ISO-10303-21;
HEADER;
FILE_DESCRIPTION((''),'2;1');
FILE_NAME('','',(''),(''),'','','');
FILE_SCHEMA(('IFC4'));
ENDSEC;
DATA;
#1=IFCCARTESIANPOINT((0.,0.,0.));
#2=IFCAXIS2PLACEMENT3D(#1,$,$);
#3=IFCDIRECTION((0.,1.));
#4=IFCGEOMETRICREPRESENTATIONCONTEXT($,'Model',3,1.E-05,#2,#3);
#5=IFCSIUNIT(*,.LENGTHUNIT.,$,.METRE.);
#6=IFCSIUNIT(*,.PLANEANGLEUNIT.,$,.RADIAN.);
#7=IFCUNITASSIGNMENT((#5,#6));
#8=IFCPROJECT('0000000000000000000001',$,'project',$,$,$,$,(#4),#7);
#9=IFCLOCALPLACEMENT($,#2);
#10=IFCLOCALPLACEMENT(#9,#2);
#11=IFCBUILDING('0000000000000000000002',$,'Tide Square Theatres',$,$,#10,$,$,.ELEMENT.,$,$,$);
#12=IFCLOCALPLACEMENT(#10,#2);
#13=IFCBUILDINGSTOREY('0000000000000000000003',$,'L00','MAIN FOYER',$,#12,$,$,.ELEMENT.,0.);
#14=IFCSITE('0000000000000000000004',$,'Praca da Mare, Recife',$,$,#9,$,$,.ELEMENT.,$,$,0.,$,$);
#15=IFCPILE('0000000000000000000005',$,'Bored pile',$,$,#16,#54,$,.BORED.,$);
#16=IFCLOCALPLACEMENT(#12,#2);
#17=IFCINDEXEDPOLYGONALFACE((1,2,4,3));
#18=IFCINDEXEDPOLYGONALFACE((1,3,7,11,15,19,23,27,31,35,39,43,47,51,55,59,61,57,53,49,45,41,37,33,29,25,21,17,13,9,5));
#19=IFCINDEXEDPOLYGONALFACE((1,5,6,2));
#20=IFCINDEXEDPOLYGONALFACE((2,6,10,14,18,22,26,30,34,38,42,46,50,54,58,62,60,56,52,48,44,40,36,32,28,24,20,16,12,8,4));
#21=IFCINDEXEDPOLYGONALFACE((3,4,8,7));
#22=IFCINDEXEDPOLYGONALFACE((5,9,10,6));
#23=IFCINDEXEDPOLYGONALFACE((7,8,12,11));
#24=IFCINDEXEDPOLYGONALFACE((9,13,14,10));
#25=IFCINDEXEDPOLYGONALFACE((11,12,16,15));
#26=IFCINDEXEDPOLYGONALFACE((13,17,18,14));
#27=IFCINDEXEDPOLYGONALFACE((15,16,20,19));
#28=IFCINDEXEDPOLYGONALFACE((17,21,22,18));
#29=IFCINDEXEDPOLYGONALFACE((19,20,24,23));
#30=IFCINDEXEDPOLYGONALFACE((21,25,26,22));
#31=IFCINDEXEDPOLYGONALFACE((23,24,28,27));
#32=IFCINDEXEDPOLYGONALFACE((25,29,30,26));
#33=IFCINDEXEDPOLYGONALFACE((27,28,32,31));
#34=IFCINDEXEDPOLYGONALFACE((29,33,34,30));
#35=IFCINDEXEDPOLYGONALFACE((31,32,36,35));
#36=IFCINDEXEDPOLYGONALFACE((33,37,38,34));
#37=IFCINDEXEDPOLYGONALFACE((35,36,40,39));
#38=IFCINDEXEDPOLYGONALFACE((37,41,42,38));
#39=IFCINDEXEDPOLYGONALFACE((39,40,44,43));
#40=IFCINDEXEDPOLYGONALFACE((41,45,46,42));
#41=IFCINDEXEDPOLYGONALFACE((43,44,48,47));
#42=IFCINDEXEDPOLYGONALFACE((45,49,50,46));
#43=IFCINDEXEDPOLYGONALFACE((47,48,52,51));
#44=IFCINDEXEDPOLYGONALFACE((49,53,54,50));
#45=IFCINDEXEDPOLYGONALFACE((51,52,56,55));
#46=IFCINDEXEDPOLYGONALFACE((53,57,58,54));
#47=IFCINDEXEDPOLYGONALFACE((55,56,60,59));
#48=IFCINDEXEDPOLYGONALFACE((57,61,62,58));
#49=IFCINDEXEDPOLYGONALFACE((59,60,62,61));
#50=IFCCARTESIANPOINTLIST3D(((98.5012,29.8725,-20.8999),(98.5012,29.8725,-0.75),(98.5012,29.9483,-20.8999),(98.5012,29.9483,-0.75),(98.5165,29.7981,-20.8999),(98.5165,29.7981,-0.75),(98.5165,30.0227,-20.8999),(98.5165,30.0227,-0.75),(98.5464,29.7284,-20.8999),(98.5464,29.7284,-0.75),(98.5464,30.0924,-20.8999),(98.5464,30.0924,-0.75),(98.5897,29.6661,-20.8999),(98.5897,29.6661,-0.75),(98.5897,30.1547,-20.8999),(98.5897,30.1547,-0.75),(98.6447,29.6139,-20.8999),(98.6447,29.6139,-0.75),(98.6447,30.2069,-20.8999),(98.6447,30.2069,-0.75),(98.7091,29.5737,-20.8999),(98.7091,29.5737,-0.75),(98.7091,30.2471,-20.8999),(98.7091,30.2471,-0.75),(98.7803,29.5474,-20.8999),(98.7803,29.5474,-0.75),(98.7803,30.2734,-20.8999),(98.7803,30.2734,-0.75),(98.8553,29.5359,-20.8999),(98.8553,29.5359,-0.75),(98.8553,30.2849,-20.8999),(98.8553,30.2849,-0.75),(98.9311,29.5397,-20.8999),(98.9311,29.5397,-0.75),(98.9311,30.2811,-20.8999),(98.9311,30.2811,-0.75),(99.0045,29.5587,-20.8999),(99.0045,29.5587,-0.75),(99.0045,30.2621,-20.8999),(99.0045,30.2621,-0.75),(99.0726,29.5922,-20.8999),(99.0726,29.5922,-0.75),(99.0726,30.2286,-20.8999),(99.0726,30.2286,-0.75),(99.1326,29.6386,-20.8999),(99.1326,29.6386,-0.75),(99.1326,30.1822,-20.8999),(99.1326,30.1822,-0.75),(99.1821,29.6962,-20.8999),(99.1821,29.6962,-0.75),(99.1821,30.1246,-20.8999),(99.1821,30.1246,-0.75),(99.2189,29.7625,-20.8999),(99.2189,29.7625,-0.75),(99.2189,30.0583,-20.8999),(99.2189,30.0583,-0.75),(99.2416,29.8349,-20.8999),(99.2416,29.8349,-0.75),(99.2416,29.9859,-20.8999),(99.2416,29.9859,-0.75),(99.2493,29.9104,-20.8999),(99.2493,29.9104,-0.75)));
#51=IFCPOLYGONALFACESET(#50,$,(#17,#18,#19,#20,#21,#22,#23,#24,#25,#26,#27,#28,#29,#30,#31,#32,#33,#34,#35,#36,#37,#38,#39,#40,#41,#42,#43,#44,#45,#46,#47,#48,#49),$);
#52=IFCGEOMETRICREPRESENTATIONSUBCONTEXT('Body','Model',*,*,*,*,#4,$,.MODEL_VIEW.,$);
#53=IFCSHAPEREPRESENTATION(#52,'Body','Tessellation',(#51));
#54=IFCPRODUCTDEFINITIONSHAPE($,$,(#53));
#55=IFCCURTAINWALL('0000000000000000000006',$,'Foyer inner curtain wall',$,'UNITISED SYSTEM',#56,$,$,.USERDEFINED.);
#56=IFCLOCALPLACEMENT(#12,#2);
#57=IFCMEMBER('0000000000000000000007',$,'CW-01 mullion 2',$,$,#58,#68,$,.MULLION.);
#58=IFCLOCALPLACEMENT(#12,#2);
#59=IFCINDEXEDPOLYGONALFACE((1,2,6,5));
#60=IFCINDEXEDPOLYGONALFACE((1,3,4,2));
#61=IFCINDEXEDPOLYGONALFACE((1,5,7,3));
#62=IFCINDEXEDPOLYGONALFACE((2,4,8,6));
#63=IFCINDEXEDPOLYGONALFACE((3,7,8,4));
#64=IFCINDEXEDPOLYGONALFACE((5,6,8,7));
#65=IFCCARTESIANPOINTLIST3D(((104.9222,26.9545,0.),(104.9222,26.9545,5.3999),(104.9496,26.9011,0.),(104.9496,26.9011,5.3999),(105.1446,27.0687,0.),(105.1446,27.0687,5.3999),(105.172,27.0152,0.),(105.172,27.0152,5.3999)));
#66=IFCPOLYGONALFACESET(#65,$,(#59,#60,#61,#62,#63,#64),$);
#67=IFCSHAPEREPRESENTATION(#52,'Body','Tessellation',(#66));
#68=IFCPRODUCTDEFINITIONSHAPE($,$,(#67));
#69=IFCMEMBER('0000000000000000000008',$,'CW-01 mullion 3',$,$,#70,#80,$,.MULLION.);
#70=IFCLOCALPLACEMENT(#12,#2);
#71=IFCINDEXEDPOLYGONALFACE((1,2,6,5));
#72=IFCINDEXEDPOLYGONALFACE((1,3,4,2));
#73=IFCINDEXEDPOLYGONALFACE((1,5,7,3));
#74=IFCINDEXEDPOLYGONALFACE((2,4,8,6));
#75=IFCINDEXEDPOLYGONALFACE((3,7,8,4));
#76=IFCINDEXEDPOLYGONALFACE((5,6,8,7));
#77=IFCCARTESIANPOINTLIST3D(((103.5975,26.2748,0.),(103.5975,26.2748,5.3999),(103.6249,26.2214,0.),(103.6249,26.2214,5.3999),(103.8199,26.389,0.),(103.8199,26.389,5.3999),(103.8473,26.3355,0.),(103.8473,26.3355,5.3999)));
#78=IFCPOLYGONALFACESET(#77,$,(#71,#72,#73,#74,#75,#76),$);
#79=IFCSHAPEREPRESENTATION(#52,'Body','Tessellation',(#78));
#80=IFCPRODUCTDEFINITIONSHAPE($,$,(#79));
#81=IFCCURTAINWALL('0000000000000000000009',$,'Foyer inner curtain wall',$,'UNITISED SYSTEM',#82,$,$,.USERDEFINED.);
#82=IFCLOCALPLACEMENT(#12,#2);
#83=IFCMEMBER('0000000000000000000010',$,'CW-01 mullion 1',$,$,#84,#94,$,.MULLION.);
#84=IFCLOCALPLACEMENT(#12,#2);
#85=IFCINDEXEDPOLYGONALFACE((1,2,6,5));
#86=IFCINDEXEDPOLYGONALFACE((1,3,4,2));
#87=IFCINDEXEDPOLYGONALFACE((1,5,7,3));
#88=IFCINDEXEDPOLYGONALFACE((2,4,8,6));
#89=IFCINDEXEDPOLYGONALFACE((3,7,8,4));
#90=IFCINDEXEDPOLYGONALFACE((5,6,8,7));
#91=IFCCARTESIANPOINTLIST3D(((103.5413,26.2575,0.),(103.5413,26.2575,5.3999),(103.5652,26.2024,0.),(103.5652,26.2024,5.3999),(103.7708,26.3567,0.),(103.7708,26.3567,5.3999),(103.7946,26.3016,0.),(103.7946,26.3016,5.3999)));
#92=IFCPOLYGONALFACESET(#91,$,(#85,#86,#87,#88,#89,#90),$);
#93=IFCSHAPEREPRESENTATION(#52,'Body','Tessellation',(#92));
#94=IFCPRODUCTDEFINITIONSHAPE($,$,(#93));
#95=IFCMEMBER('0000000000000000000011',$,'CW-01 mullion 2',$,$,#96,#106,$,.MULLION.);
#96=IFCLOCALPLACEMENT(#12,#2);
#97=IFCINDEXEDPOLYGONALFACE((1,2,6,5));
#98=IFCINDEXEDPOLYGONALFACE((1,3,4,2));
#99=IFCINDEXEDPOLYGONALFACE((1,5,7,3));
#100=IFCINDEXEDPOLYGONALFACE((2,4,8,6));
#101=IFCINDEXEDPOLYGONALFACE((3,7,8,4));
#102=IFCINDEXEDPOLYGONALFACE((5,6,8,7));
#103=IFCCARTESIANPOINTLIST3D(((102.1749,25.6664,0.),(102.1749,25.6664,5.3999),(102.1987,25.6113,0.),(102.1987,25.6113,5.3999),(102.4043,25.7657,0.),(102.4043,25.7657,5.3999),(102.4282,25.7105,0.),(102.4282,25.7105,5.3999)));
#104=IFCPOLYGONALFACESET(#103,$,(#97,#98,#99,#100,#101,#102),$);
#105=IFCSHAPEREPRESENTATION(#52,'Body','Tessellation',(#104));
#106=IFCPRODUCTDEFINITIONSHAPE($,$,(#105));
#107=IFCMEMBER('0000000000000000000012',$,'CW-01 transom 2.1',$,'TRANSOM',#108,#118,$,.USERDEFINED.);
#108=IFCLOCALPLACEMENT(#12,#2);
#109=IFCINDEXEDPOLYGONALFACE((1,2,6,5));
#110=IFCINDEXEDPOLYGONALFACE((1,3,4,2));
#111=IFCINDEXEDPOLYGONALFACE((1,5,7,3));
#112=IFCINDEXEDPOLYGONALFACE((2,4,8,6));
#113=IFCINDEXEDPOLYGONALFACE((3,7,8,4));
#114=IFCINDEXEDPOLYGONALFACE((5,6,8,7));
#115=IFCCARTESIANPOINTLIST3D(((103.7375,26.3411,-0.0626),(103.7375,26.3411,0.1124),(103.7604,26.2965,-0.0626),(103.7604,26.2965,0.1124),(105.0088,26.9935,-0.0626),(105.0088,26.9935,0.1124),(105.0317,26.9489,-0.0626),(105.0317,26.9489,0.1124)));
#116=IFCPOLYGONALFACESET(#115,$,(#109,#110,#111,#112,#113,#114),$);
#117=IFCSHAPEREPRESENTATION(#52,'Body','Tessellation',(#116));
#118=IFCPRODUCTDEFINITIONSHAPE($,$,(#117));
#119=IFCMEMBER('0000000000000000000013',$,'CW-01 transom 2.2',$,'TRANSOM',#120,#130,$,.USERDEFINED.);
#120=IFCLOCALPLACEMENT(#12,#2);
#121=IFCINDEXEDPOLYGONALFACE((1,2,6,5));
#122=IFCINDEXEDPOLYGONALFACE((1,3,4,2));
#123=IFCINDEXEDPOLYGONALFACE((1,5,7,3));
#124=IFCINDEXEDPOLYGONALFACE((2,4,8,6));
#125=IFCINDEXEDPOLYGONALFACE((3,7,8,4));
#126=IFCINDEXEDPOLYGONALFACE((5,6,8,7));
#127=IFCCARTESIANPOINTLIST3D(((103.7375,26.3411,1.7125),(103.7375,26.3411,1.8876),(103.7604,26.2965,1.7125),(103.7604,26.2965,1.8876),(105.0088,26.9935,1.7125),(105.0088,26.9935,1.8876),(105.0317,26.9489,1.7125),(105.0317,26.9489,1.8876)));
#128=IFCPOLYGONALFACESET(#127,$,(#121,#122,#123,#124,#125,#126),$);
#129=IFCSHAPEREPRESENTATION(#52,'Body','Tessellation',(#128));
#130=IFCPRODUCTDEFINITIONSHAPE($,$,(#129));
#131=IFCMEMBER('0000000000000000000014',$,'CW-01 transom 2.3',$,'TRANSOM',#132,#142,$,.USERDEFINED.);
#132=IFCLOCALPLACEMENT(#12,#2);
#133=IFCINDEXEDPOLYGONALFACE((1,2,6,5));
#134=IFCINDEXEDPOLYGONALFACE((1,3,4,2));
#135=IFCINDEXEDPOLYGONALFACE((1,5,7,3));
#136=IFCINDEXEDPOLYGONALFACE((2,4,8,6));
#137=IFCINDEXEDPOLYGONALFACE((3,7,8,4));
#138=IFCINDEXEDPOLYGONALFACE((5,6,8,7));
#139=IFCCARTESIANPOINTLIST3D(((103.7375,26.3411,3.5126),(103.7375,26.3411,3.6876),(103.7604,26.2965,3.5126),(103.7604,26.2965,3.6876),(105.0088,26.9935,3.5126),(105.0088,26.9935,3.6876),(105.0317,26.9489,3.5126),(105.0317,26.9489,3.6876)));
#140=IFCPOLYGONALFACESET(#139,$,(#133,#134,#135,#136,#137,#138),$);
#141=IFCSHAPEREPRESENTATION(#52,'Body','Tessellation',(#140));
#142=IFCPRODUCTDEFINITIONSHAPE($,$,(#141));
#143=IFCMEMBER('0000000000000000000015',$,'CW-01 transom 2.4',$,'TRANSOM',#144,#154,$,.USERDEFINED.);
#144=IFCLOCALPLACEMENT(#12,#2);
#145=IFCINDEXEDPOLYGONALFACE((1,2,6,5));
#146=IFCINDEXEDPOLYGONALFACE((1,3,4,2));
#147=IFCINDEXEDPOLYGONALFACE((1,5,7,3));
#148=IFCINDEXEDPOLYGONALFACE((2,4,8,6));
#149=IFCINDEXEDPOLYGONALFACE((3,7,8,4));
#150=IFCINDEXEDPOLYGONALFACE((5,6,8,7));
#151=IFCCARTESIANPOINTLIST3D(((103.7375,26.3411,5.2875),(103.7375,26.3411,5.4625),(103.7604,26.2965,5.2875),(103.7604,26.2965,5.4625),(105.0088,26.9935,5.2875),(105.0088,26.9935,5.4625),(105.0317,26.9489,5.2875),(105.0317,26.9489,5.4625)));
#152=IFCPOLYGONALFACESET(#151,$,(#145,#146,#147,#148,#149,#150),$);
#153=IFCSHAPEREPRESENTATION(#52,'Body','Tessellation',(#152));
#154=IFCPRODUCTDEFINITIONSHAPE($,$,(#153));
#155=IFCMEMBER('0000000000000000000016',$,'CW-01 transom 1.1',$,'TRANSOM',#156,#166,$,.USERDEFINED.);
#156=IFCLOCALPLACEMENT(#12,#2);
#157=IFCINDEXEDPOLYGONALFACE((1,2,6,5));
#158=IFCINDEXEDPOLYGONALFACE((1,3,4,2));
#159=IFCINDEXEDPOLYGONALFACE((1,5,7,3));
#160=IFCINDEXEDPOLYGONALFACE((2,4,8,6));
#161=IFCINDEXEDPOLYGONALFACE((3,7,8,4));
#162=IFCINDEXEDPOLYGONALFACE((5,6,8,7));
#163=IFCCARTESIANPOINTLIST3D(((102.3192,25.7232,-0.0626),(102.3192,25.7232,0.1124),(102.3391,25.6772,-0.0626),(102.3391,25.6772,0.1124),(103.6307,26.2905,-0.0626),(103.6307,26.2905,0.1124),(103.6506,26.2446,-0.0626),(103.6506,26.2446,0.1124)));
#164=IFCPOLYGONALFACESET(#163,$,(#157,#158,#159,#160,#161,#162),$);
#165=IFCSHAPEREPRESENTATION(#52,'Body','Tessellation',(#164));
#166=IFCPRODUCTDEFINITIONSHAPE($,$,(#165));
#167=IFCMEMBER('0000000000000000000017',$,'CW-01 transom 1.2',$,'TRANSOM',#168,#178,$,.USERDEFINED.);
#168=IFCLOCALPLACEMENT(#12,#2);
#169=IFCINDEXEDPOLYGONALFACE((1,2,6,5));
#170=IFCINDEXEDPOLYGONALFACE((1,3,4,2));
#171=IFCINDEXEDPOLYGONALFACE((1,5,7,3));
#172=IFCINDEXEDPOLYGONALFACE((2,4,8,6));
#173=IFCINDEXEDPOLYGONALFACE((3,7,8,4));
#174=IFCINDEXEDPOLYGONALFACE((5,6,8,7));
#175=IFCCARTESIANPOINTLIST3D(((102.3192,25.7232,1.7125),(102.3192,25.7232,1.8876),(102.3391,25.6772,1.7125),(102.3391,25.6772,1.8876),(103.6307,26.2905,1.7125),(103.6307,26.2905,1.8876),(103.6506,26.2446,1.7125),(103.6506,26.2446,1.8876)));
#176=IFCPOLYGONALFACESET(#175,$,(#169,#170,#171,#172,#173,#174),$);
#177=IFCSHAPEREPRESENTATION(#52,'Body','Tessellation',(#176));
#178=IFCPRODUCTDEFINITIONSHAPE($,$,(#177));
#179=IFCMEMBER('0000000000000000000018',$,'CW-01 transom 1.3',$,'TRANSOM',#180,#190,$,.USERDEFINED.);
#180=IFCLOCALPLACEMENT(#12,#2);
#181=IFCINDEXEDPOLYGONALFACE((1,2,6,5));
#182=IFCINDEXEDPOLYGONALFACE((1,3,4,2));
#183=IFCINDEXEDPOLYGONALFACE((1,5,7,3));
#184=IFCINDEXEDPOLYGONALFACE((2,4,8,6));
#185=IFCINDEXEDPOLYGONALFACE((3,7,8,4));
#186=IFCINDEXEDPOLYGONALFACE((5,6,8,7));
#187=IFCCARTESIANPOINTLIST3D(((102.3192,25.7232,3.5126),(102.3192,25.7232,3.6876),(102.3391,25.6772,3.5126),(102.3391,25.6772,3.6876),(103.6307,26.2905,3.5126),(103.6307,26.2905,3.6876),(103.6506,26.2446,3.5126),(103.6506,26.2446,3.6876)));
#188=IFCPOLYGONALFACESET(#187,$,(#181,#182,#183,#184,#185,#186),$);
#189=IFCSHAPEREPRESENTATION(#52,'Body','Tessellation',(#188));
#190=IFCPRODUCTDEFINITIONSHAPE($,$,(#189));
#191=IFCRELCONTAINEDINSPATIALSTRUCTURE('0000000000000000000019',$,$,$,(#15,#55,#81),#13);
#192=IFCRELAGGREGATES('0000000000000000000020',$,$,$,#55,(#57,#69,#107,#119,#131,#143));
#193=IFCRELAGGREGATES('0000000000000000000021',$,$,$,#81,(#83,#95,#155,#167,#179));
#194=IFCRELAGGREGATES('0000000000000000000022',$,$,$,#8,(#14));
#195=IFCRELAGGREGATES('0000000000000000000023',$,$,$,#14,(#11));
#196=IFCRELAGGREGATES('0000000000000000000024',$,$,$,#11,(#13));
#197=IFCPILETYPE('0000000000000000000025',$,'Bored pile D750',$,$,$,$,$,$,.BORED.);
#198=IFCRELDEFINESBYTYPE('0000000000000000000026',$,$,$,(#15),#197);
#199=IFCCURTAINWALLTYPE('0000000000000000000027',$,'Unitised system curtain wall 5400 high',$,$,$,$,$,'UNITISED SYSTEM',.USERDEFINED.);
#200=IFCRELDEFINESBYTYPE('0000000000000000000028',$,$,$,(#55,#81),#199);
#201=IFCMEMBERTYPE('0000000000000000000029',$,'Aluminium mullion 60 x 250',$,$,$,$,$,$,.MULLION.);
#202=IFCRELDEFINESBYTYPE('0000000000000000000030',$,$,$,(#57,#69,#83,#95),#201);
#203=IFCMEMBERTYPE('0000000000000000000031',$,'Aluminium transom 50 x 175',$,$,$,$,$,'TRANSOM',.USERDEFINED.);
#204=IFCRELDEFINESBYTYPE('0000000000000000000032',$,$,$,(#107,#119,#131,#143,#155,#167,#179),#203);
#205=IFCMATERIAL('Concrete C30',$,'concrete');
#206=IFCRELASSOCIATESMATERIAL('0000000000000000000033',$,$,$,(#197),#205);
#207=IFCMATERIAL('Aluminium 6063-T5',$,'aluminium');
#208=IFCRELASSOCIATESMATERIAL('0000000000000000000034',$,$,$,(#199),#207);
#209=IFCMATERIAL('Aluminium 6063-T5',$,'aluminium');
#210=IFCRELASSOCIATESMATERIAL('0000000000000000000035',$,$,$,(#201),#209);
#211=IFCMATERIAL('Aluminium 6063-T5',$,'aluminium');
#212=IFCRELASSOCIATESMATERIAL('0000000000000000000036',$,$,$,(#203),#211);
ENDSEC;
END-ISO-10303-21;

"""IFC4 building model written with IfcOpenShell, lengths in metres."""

from ifc_helpers import new_model, si_unit, direction, frame, origin, origin_2d, place, context, subcontext, project, spatial, rectangle, circle, extrude, material, material_profile, profile_set, type_object, element, aggregate, save


model = new_model("IFC4")

# Units and contexts
model_context = context("Model", 3, precision=1e-05, world=origin(), true_north=direction((0.0, 1.0)))
body_context = subcontext(model_context, "Body", "Model", "MODEL_VIEW")
ifc_project = project(units=[si_unit("LENGTHUNIT", "METRE"), si_unit("PLANEANGLEUNIT", "RADIAN")], contexts=[model_context])

# Site, building, storey
site_placement = place(None, origin())
site = spatial("IfcSite", under=ifc_project, at=site_placement, Name="Praca da Mare, Recife", CompositionType="ELEMENT", RefElevation=0.0)
building_placement = place(site_placement, origin())
building = spatial("IfcBuilding", under=site, at=building_placement, Name="Tide Square Theatres", CompositionType="ELEMENT")
storey_placement = place(building_placement, origin())
storey = spatial("IfcBuildingStorey", under=building, at=storey_placement, Name="L00", Description="MAIN FOYER", CompositionType="ELEMENT", Elevation=0.0)

# Pile
ifc_material_1 = material(Name="Concrete C30", Category="concrete")
ifc_material_profile_1 = material_profile(ifc_material_1, circle(Radius=0.375, at=origin_2d()))
ifc_profile_set_1 = profile_set([ifc_material_profile_1], Name="Concrete C30")
pile_type = type_object("IfcPileType", Name="Bored pile D750", PredefinedType="BORED", material=ifc_profile_set_1)
pile_placement = place(storey_placement, frame((98.8743, 29.9104, -0.75), z_axis=(0.0, 0.0, -1.0), x_axis=(1.0, 0.0, 0.0)))
element("IfcPile", 1, at=pile_placement, inside=storey, type_object=pile_type, Name="Bored pile", PredefinedType="BORED", context=body_context, shape_type="SweptSolid", body=[
    extrude(circle(Radius=0.375, at=origin_2d()), origin(), (0.0, 0.0, 1.0), 20.1499),
])

# Curtain walls, members
ifc_material_2 = material(Name="Aluminium 6063-T5", Category="aluminium")
curtain_wall_type = type_object("IfcCurtainWallType", Name="Unitised system curtain wall 5400 high", ElementType="UNITISED SYSTEM", PredefinedType="USERDEFINED", material=ifc_material_2)
curtain_wall_1_placement = place(storey_placement, origin())
curtain_wall_1 = element("IfcCurtainWall", 2, at=curtain_wall_1_placement, inside=storey, type_object=curtain_wall_type, Name="Foyer inner curtain wall", ObjectType="UNITISED SYSTEM", PredefinedType="USERDEFINED")
ifc_material_3 = material(Name="Aluminium 6063-T5", Category="aluminium")
ifc_material_profile_2 = material_profile(ifc_material_3, rectangle(XDim=0.0601, YDim=0.25, at=origin_2d()))
ifc_profile_set_2 = profile_set([ifc_material_profile_2], Name="Aluminium 6063-T5")
member_type_1 = type_object("IfcMemberType", Name="Aluminium mullion 60 x 250", PredefinedType="MULLION", material=ifc_profile_set_2)
member_1_placement = place(storey_placement, frame((105.0471, 26.9849, 0.0), z_axis=(0.0, 0.0, 1.0), x_axis=(0.456564, -0.889691, 0.0)))
member_1 = element("IfcMember", 3, at=member_1_placement, type_object=member_type_1, Name="CW-01 mullion 2", PredefinedType="MULLION", context=body_context, shape_type="SweptSolid", body=[
    extrude(rectangle(XDim=0.0601, YDim=0.25, at=origin_2d()), origin(), (0.0, 0.0, 1.0), 5.3999),
])
member_2_placement = place(storey_placement, frame((103.7224, 26.3052, 0.0), z_axis=(0.0, 0.0, 1.0), x_axis=(0.456564, -0.889691, 0.0)))
member_2 = element("IfcMember", 4, at=member_2_placement, type_object=member_type_1, Name="CW-01 mullion 3", PredefinedType="MULLION", context=body_context, shape_type="SweptSolid", body=[
    extrude(rectangle(XDim=0.0601, YDim=0.25, at=origin_2d()), origin(), (0.0, 0.0, 1.0), 5.3999),
])
curtain_wall_2_placement = place(storey_placement, origin())
curtain_wall_2 = element("IfcCurtainWall", 5, at=curtain_wall_2_placement, inside=storey, type_object=curtain_wall_type, Name="Foyer inner curtain wall", ObjectType="UNITISED SYSTEM", PredefinedType="USERDEFINED")
member_3_placement = place(storey_placement, frame((103.668, 26.2795, 0.0), z_axis=(0.0, 0.0, 1.0), x_axis=(0.39698, -0.917827, 0.0)))
member_3 = element("IfcMember", 6, at=member_3_placement, type_object=member_type_1, Name="CW-01 mullion 1", PredefinedType="MULLION", context=body_context, shape_type="SweptSolid", body=[
    extrude(rectangle(XDim=0.0601, YDim=0.25, at=origin_2d()), origin(), (0.0, 0.0, 1.0), 5.3999),
])
member_4_placement = place(storey_placement, frame((102.3015, 25.6885, 0.0), z_axis=(0.0, 0.0, 1.0), x_axis=(0.39698, -0.917827, 0.0)))
member_4 = element("IfcMember", 7, at=member_4_placement, type_object=member_type_1, Name="CW-01 mullion 2", PredefinedType="MULLION", context=body_context, shape_type="SweptSolid", body=[
    extrude(rectangle(XDim=0.0601, YDim=0.25, at=origin_2d()), origin(), (0.0, 0.0, 1.0), 5.3999),
])

# Members
ifc_material_4 = material(Name="Aluminium 6063-T5", Category="aluminium")
ifc_material_profile_3 = material_profile(ifc_material_4, rectangle(XDim=0.05, YDim=0.175, at=origin_2d()))
ifc_profile_set_3 = profile_set([ifc_material_profile_3], Name="Aluminium 6063-T5")
member_type_2 = type_object("IfcMemberType", Name="Aluminium transom 50 x 175", ElementType="TRANSOM", PredefinedType="USERDEFINED", material=ifc_profile_set_3)
member_5_placement = place(storey_placement, frame((105.0203, 26.9712, 0.0249), z_axis=(-0.889696, -0.456553, 0.0), x_axis=(0.456553, -0.889696, 0.0)))
member_5 = element("IfcMember", 8, at=member_5_placement, type_object=member_type_2, Name="CW-01 transom 2.1", ObjectType="TRANSOM", PredefinedType="USERDEFINED", context=body_context, shape_type="SweptSolid", body=[
    extrude(rectangle(XDim=0.05, YDim=0.175, at=origin_2d()), origin(), (0.0, 0.0, 1.0), 1.429),
])
member_6_placement = place(storey_placement, frame((105.0203, 26.9712, 1.8), z_axis=(-0.889696, -0.456553, 0.0), x_axis=(0.456553, -0.889696, 0.0)))
member_6 = element("IfcMember", 9, at=member_6_placement, type_object=member_type_2, Name="CW-01 transom 2.2", ObjectType="TRANSOM", PredefinedType="USERDEFINED", context=body_context, shape_type="SweptSolid", body=[
    extrude(rectangle(XDim=0.05, YDim=0.175, at=origin_2d()), origin(), (0.0, 0.0, 1.0), 1.429),
])
member_7_placement = place(storey_placement, frame((105.0203, 26.9712, 3.6001), z_axis=(-0.889696, -0.456553, 0.0), x_axis=(0.456553, -0.889696, 0.0)))
member_7 = element("IfcMember", 10, at=member_7_placement, type_object=member_type_2, Name="CW-01 transom 2.3", ObjectType="TRANSOM", PredefinedType="USERDEFINED", context=body_context, shape_type="SweptSolid", body=[
    extrude(rectangle(XDim=0.05, YDim=0.175, at=origin_2d()), origin(), (0.0, 0.0, 1.0), 1.429),
])
member_8_placement = place(storey_placement, frame((105.0203, 26.9712, 5.375), z_axis=(-0.889696, -0.456553, 0.0), x_axis=(0.456553, -0.889696, 0.0)))
member_8 = element("IfcMember", 11, at=member_8_placement, type_object=member_type_2, Name="CW-01 transom 2.4", ObjectType="TRANSOM", PredefinedType="USERDEFINED", context=body_context, shape_type="SweptSolid", body=[
    extrude(rectangle(XDim=0.05, YDim=0.175, at=origin_2d()), origin(), (0.0, 0.0, 1.0), 1.429),
])
member_9_placement = place(storey_placement, frame((103.6406, 26.2676, 0.0249), z_axis=(-0.917796, -0.397051, 0.0), x_axis=(0.397051, -0.917796, 0.0)))
member_9 = element("IfcMember", 12, at=member_9_placement, type_object=member_type_2, Name="CW-01 transom 1.1", ObjectType="TRANSOM", PredefinedType="USERDEFINED", context=body_context, shape_type="SweptSolid", body=[
    extrude(rectangle(XDim=0.05, YDim=0.175, at=origin_2d()), origin(), (0.0, 0.0, 1.0), 1.429),
])
member_10_placement = place(storey_placement, frame((103.6406, 26.2676, 1.8), z_axis=(-0.917796, -0.397051, 0.0), x_axis=(0.397051, -0.917796, 0.0)))
member_10 = element("IfcMember", 13, at=member_10_placement, type_object=member_type_2, Name="CW-01 transom 1.2", ObjectType="TRANSOM", PredefinedType="USERDEFINED", context=body_context, shape_type="SweptSolid", body=[
    extrude(rectangle(XDim=0.05, YDim=0.175, at=origin_2d()), origin(), (0.0, 0.0, 1.0), 1.429),
])
member_11_placement = place(storey_placement, frame((103.6406, 26.2676, 3.6001), z_axis=(-0.917796, -0.397051, 0.0), x_axis=(0.397051, -0.917796, 0.0)))
member_11 = element("IfcMember", 14, at=member_11_placement, type_object=member_type_2, Name="CW-01 transom 1.3", ObjectType="TRANSOM", PredefinedType="USERDEFINED", context=body_context, shape_type="SweptSolid", body=[
    extrude(rectangle(XDim=0.05, YDim=0.175, at=origin_2d()), origin(), (0.0, 0.0, 1.0), 1.429),
])

aggregate(curtain_wall_1, [member_1, member_2, member_5, member_6, member_7, member_8])
aggregate(curtain_wall_2, [member_3, member_4, member_9, member_10, member_11])

save(model, "model.ifc")
